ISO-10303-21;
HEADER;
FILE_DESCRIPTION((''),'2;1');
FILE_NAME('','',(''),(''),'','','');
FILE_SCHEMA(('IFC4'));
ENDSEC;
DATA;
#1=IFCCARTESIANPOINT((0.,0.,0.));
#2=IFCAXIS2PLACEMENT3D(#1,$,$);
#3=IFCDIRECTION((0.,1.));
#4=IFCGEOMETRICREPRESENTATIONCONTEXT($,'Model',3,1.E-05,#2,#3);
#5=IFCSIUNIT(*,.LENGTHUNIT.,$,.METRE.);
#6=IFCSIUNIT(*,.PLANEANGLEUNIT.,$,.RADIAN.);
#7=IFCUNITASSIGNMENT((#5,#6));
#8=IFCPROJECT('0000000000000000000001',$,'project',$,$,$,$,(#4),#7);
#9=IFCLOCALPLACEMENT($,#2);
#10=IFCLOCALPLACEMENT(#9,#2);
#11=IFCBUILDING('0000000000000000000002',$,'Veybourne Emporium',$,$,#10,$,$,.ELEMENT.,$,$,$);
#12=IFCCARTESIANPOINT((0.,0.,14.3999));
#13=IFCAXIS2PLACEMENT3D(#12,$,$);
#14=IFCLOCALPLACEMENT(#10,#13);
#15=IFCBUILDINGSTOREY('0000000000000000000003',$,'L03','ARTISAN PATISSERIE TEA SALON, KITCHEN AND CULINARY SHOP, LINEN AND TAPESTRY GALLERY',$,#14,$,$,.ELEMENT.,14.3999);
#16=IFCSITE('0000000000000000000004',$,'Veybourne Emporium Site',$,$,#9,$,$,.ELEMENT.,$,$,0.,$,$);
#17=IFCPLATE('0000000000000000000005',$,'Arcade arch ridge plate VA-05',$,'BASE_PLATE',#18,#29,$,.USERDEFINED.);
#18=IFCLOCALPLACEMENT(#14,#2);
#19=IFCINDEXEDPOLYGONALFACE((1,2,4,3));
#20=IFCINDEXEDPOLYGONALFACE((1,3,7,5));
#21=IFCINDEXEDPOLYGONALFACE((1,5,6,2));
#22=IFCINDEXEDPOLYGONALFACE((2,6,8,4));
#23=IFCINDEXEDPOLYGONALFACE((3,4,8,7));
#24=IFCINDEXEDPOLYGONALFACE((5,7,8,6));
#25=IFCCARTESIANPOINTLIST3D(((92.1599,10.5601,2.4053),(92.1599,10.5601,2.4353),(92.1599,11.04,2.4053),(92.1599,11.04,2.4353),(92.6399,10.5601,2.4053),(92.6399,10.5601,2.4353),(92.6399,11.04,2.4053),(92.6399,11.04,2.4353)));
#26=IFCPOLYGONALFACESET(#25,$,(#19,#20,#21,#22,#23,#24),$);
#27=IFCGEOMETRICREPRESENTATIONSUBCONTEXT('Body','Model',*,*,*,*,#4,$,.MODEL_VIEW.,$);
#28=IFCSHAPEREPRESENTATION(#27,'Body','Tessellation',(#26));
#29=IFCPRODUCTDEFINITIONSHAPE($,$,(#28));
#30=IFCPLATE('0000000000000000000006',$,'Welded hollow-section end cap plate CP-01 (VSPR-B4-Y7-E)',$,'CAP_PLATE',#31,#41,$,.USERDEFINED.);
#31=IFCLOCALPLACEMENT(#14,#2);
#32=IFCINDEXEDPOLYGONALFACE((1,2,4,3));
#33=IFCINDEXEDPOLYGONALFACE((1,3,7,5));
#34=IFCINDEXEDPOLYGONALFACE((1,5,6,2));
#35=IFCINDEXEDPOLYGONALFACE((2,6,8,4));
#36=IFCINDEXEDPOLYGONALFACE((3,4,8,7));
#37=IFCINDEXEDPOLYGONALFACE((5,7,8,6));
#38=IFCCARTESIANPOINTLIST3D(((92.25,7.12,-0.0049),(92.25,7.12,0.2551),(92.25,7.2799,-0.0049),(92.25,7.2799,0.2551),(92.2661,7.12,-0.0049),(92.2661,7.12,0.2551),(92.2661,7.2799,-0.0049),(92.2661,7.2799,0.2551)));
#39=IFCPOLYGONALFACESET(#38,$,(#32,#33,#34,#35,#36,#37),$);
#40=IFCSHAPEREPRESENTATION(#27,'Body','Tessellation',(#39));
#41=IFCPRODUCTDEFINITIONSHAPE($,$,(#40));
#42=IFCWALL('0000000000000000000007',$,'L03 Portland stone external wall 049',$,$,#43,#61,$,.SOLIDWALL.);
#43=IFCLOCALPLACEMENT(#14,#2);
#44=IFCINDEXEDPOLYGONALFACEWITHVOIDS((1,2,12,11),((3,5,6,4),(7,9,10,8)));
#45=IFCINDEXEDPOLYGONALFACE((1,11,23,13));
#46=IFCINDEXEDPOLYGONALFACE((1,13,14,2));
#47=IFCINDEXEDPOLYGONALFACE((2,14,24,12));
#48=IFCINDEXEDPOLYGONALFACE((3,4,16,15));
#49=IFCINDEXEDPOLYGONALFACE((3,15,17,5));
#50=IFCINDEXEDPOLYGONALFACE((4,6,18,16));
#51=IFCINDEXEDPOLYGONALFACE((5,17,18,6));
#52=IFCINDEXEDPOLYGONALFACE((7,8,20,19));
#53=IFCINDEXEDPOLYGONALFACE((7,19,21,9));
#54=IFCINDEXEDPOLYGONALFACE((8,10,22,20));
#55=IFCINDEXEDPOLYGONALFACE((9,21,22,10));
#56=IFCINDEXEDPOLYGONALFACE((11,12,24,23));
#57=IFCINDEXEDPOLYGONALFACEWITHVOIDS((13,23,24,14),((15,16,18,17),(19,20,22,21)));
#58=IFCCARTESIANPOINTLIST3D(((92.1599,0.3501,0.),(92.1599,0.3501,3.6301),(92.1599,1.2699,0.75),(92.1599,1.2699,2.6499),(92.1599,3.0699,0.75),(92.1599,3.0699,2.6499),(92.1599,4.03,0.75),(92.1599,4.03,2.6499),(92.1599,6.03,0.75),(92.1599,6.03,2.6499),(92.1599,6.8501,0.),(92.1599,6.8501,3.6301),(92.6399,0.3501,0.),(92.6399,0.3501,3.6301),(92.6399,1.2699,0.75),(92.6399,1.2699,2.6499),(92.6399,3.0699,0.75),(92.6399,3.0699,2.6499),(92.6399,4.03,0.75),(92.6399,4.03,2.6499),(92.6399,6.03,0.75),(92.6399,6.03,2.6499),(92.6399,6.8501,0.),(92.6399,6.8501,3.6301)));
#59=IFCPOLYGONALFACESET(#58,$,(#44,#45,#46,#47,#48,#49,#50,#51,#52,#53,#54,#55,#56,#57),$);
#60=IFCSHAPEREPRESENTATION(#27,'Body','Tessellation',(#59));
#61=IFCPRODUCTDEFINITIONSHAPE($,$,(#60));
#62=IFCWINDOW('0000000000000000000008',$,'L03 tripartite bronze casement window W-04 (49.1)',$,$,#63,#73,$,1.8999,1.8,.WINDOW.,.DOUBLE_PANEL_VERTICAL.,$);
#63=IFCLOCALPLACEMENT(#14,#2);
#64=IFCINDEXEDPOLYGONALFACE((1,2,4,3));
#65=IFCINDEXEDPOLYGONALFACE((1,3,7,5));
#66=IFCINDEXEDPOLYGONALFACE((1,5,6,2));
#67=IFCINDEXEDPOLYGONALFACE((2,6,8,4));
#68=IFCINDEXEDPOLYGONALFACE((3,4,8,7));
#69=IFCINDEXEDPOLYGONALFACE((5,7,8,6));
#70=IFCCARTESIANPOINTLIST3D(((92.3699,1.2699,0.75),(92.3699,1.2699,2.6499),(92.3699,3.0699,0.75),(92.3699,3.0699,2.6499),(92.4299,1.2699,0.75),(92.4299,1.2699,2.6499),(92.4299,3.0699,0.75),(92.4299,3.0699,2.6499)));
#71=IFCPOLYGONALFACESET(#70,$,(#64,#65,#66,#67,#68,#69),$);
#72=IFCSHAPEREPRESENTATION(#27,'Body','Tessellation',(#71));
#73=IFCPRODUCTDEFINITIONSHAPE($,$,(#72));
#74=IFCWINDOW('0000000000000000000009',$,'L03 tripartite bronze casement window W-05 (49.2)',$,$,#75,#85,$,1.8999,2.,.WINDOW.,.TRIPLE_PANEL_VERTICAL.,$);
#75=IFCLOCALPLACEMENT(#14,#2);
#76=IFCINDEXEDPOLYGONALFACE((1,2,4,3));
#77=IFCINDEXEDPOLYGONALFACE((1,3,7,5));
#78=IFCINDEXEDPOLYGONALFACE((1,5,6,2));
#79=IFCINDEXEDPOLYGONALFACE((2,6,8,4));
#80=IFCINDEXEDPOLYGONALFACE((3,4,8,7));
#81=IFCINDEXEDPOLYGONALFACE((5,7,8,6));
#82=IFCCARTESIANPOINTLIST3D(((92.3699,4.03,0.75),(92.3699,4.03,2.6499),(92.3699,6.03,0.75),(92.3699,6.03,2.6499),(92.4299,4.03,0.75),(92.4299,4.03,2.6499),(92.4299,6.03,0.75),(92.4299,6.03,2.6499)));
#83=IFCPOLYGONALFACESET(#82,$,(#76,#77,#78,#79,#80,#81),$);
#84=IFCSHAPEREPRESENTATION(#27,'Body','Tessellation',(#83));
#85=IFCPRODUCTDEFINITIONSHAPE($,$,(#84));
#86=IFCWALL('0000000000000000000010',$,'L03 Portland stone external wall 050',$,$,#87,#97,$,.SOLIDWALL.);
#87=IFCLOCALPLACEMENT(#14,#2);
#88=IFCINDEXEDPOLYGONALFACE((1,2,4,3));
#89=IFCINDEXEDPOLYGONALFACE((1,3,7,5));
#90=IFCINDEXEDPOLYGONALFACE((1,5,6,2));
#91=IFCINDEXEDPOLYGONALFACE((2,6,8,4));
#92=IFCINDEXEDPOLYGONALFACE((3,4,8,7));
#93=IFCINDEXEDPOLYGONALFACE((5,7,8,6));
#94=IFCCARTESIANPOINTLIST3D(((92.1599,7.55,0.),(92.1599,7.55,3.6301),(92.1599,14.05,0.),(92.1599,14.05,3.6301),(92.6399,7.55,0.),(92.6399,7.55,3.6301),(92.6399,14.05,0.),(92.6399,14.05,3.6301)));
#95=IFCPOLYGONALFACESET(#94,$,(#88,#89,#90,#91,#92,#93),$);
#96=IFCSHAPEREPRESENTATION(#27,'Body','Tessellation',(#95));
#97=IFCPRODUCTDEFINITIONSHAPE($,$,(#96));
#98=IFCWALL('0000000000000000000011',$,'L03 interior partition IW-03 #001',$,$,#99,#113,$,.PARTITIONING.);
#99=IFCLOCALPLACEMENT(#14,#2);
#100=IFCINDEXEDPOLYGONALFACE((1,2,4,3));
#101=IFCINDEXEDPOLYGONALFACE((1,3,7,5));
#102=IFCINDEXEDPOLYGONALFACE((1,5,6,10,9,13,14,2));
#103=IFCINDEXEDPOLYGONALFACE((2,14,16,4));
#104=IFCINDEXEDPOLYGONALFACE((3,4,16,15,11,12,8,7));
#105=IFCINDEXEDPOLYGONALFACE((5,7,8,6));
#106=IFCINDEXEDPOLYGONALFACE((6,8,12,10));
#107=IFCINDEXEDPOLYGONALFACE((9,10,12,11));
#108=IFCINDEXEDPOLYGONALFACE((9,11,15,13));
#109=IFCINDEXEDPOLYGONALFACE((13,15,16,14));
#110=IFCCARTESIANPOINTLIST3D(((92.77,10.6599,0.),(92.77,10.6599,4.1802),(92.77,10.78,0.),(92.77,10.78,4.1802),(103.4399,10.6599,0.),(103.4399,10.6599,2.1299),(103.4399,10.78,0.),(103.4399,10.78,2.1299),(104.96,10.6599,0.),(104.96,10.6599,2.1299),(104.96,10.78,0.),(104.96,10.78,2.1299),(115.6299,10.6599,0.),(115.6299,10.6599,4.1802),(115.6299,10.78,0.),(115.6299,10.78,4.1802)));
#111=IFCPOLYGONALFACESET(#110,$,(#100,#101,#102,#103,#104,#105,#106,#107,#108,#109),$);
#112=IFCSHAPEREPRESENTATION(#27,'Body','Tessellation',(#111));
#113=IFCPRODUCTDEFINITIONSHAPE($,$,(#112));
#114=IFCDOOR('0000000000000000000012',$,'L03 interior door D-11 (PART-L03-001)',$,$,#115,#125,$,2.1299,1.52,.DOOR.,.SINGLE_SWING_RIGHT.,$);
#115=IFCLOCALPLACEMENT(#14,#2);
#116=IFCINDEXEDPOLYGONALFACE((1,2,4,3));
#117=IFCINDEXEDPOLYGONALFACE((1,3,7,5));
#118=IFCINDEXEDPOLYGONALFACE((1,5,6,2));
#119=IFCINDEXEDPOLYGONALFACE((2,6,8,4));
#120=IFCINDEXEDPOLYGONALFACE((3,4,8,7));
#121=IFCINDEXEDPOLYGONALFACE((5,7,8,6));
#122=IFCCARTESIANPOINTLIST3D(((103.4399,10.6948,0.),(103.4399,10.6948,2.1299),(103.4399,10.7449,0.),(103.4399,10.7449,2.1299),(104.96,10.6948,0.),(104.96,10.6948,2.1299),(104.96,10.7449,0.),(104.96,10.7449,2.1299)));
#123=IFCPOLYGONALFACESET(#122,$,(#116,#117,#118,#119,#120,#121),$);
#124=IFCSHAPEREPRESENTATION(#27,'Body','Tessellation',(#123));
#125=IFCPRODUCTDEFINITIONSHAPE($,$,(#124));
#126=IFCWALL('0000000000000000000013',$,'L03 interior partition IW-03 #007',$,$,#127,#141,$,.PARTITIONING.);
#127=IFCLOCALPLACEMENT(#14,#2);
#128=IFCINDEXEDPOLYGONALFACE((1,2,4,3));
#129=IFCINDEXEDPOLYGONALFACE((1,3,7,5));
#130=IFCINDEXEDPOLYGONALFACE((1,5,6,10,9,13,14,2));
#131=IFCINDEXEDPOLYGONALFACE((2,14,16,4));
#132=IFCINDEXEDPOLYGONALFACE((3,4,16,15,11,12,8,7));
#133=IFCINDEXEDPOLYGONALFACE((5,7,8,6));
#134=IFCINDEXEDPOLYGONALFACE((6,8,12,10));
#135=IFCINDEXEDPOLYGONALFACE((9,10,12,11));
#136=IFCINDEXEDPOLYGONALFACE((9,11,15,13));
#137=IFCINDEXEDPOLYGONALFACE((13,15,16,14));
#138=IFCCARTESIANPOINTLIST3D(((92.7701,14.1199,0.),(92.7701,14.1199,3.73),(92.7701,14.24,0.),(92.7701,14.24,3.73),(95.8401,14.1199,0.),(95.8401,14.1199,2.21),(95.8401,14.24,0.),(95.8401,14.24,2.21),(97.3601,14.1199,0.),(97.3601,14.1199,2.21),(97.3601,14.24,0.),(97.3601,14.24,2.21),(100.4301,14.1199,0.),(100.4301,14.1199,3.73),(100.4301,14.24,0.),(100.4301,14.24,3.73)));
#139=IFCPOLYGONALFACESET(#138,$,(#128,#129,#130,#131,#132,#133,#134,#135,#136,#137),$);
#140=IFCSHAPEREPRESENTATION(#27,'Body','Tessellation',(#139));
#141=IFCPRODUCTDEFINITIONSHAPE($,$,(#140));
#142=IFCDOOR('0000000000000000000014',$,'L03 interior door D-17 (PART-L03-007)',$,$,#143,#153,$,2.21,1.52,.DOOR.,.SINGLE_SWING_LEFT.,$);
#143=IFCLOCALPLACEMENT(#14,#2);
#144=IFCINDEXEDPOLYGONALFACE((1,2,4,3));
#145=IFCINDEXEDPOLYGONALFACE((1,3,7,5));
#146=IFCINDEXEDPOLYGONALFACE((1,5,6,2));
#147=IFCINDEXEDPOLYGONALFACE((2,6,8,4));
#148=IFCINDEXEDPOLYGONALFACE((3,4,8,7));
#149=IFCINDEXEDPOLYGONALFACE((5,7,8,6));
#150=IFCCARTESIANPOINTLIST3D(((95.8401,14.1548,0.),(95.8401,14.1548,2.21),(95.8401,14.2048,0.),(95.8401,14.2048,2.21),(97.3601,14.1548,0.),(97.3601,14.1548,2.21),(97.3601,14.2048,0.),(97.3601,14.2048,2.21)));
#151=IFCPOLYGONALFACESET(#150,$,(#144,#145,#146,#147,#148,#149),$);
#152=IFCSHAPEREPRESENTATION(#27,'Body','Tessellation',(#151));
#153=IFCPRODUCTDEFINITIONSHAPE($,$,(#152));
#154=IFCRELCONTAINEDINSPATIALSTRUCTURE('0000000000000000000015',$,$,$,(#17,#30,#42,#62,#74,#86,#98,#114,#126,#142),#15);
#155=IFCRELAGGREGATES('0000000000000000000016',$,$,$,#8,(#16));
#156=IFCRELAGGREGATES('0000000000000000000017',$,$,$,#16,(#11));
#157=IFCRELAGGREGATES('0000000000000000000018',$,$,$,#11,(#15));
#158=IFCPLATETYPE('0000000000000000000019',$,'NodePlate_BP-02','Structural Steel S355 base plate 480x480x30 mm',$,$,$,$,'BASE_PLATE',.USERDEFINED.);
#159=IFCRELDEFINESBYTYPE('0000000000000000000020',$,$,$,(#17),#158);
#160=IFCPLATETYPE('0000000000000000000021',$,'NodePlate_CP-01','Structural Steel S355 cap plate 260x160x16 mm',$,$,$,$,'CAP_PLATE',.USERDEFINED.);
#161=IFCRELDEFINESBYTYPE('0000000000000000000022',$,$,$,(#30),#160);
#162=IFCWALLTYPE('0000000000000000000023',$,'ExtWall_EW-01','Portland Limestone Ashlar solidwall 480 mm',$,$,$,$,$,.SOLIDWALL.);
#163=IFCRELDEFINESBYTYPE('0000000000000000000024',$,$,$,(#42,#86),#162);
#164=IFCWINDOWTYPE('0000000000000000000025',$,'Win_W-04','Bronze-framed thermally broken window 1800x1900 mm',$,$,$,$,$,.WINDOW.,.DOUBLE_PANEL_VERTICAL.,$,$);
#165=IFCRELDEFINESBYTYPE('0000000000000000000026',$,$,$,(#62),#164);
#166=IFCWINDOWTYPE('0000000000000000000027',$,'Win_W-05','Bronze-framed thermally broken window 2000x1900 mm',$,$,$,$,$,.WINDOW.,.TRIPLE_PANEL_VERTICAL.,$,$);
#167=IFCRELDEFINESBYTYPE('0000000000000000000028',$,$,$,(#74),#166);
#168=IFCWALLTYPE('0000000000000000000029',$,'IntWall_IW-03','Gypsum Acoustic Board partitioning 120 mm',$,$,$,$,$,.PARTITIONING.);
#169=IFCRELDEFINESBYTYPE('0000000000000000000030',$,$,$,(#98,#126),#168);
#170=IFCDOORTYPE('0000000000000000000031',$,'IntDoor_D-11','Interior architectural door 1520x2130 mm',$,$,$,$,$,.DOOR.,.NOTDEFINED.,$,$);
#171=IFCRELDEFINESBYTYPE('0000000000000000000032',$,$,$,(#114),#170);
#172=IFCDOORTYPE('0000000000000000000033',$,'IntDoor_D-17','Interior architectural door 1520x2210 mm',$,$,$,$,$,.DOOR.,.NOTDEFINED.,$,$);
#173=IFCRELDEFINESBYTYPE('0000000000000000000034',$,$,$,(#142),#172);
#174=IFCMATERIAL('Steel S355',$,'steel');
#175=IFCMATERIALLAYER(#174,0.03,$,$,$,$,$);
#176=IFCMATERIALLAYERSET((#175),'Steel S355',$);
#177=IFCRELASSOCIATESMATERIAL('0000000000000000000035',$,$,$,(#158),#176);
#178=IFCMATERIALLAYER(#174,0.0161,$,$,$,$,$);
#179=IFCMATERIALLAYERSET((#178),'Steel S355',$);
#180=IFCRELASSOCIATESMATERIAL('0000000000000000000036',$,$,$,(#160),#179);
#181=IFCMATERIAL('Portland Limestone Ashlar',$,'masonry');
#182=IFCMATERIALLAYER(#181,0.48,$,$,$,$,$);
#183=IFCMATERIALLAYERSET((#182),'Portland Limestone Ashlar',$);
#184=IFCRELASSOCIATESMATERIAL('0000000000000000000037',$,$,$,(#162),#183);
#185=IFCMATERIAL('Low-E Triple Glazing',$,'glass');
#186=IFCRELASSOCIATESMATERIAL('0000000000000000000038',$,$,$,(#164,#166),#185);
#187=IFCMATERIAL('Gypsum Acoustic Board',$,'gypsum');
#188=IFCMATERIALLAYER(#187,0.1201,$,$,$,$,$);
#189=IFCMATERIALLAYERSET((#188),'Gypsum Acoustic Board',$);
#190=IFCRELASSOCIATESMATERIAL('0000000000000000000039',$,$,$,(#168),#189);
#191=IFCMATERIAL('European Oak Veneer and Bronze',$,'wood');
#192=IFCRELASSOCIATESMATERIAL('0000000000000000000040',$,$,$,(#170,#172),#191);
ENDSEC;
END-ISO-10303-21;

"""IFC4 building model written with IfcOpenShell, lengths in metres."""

from ifc_helpers import new_model, si_unit, direction, frame, frame_2d, origin, origin_2d, place, context, subcontext, project, spatial, rectangle, extrude, material, layer, layer_set, type_object, element, fill, save


model = new_model("IFC4")

# Units and contexts
model_context = context("Model", 3, precision=1e-05, world=origin(), true_north=direction((0.0, 1.0)))
body_context = subcontext(model_context, "Body", "Model", "MODEL_VIEW")
ifc_project = project(units=[si_unit("LENGTHUNIT", "METRE"), si_unit("PLANEANGLEUNIT", "RADIAN")], contexts=[model_context])

# Site, building, storey
site_placement = place(None, origin())
site = spatial("IfcSite", under=ifc_project, at=site_placement, Name="Veybourne Emporium Site", CompositionType="ELEMENT", RefElevation=0.0)
building_placement = place(site_placement, origin())
building = spatial("IfcBuilding", under=site, at=building_placement, Name="Veybourne Emporium", CompositionType="ELEMENT")
storey_placement = place(building_placement, frame((0.0, 0.0, 14.3999)))
storey = spatial("IfcBuildingStorey", under=building, at=storey_placement, Name="L03", Description="ARTISAN PATISSERIE TEA SALON, KITCHEN AND CULINARY SHOP, LINEN AND TAPESTRY GALLERY", CompositionType="ELEMENT", Elevation=14.3999)

# Shared definitions
ifc_material_1 = material(Name="Steel S355", Category="steel")

# Shared definitions
ifc_material_2 = material(Name="Low-E Triple Glazing", Category="glass")

# Plates
ifc_layer_1 = layer(ifc_material_1, 0.03)
ifc_layer_set_1 = layer_set([ifc_layer_1], Name="Steel S355")
plate_type_1 = type_object("IfcPlateType", Name="NodePlate_BP-02", Description="Structural Steel S355 base plate 480x480x30 mm", ElementType="BASE_PLATE", PredefinedType="USERDEFINED", material=ifc_layer_set_1)
plate_1_placement = place(storey_placement, frame((92.3999, 10.8, 2.4053), z_axis=(0.0, 0.0, 1.0), x_axis=(1.0, 0.0, 0.0)))
element("IfcPlate", 1, at=plate_1_placement, inside=storey, type_object=plate_type_1, Name="Arcade arch ridge plate VA-05", ObjectType="BASE_PLATE", PredefinedType="USERDEFINED", context=body_context, shape_type="SweptSolid", body=[
    extrude(rectangle(XDim=0.48, YDim=0.48, at=origin_2d()), origin(), (0.0, 0.0, 1.0), 0.03),
])
ifc_layer_2 = layer(ifc_material_1, 0.0161)
ifc_layer_set_2 = layer_set([ifc_layer_2], Name="Steel S355")
plate_type_2 = type_object("IfcPlateType", Name="NodePlate_CP-01", Description="Structural Steel S355 cap plate 260x160x16 mm", ElementType="CAP_PLATE", PredefinedType="USERDEFINED", material=ifc_layer_set_2)
plate_2_placement = place(storey_placement, frame((92.2581, 7.2, -0.0049), z_axis=(0.0, 0.0, 1.0), x_axis=(1.0, 0.0, 0.0)))
element("IfcPlate", 2, at=plate_2_placement, inside=storey, type_object=plate_type_2, Name="Welded hollow-section end cap plate CP-01 (VSPR-B4-Y7-E)", ObjectType="CAP_PLATE", PredefinedType="USERDEFINED", context=body_context, shape_type="SweptSolid", body=[
    extrude(rectangle(XDim=0.0161, YDim=0.1599, at=origin_2d()), origin(), (0.0, 0.0, 1.0), 0.26),
])

# Wall, openings, windows
ifc_material_3 = material(Name="Portland Limestone Ashlar", Category="masonry")
ifc_layer_3 = layer(ifc_material_3, 0.48)
ifc_layer_set_3 = layer_set([ifc_layer_3], Name="Portland Limestone Ashlar")
wall_type_1 = type_object("IfcWallType", Name="ExtWall_EW-01", Description="Portland Limestone Ashlar solidwall 480 mm", PredefinedType="SOLIDWALL", material=ifc_layer_set_3)
wall_1_placement = place(storey_placement, frame((92.3999, 0.3501, 0.0), z_axis=(0.0, 0.0, 1.0), x_axis=(0.0, 1.0, 0.0)))
wall_1 = element("IfcWall", 3, at=wall_1_placement, inside=storey, type_object=wall_type_1, Name="L03 Portland stone external wall 049", PredefinedType="SOLIDWALL", context=body_context, shape_type="SweptSolid", body=[
    extrude(rectangle(XDim=6.5, YDim=0.48, at=frame_2d((3.25, 0.0))), origin(), (0.0, 0.0, 1.0), 3.6301),
])
opening_1_placement = place(wall_1_placement, frame((0.9199, 0.0, 0.75)))
opening_1 = element("IfcOpeningElement", 4, at=opening_1_placement, cuts=wall_1, PredefinedType="OPENING", context=body_context, shape_type="SweptSolid", body=[
    extrude(rectangle(XDim=1.8, YDim=1.8999, at=frame_2d((0.8999, 0.95))), frame((0.0, 0.26, 0.0), z_axis=(0.0, -1.0, 0.0), x_axis=(1.0, 0.0, 0.0)), (0.0, 0.0, 1.0), 0.52),
])
opening_2_placement = place(wall_1_placement, frame((3.6799, 0.0, 0.75)))
opening_2 = element("IfcOpeningElement", 5, at=opening_2_placement, cuts=wall_1, PredefinedType="OPENING", context=body_context, shape_type="SweptSolid", body=[
    extrude(rectangle(XDim=2.0, YDim=1.8999, at=frame_2d((1.0, 0.95))), frame((0.0, 0.26, 0.0), z_axis=(0.0, -1.0, 0.0), x_axis=(1.0, 0.0, 0.0)), (0.0, 0.0, 1.0), 0.52),
])
window_type_1 = type_object("IfcWindowType", Name="Win_W-04", Description="Bronze-framed thermally broken window 1800x1900 mm", PartitioningType="DOUBLE_PANEL_VERTICAL", PredefinedType="WINDOW", material=ifc_material_2)
window_1_placement = place(opening_1_placement, origin())
window_1 = element("IfcWindow", 6, at=window_1_placement, inside=storey, type_object=window_type_1, Name="L03 tripartite bronze casement window W-04 (49.1)", OverallHeight=1.8999, OverallWidth=1.8, PartitioningType="DOUBLE_PANEL_VERTICAL", PredefinedType="WINDOW", context=body_context, shape_type="SweptSolid", body=[
    extrude(rectangle(XDim=1.8, YDim=1.8999, at=frame_2d((0.8999, 0.95))), frame((0.0, 0.03, 0.0), z_axis=(0.0, -1.0, 0.0), x_axis=(1.0, 0.0, 0.0)), (0.0, 0.0, 1.0), 0.0601),
])
fill(opening_1, window_1)
window_type_2 = type_object("IfcWindowType", Name="Win_W-05", Description="Bronze-framed thermally broken window 2000x1900 mm", PartitioningType="TRIPLE_PANEL_VERTICAL", PredefinedType="WINDOW", material=ifc_material_2)
window_2_placement = place(opening_2_placement, origin())
window_2 = element("IfcWindow", 7, at=window_2_placement, inside=storey, type_object=window_type_2, Name="L03 tripartite bronze casement window W-05 (49.2)", OverallHeight=1.8999, OverallWidth=2.0, PartitioningType="TRIPLE_PANEL_VERTICAL", PredefinedType="WINDOW", context=body_context, shape_type="SweptSolid", body=[
    extrude(rectangle(XDim=2.0, YDim=1.8999, at=frame_2d((1.0, 0.95))), frame((0.0, 0.03, 0.0), z_axis=(0.0, -1.0, 0.0), x_axis=(1.0, 0.0, 0.0)), (0.0, 0.0, 1.0), 0.0601),
])
fill(opening_2, window_2)

# Wall
wall_2_placement = place(storey_placement, frame((92.3999, 7.55, 0.0), z_axis=(0.0, 0.0, 1.0), x_axis=(0.0, 1.0, 0.0)))
element("IfcWall", 8, at=wall_2_placement, inside=storey, type_object=wall_type_1, Name="L03 Portland stone external wall 050", PredefinedType="SOLIDWALL", context=body_context, shape_type="SweptSolid", body=[
    extrude(rectangle(XDim=6.5, YDim=0.48, at=frame_2d((3.25, 0.0))), origin(), (0.0, 0.0, 1.0), 3.6301),
])

# Walls, openings, doors
ifc_material_4 = material(Name="Gypsum Acoustic Board", Category="gypsum")
ifc_layer_4 = layer(ifc_material_4, 0.1201)
ifc_layer_set_4 = layer_set([ifc_layer_4], Name="Gypsum Acoustic Board")
wall_type_2 = type_object("IfcWallType", Name="IntWall_IW-03", Description="Gypsum Acoustic Board partitioning 120 mm", PredefinedType="PARTITIONING", material=ifc_layer_set_4)
wall_3_placement = place(storey_placement, frame((92.77, 10.72, 0.0), z_axis=(0.0, 0.0, 1.0), x_axis=(1.0, 0.0, 0.0)))
wall_3 = element("IfcWall", 9, at=wall_3_placement, inside=storey, type_object=wall_type_2, Name="L03 interior partition IW-03 #001", PredefinedType="PARTITIONING", context=body_context, shape_type="SweptSolid", body=[
    extrude(rectangle(XDim=22.8599, YDim=0.1201, at=frame_2d((11.4299, 0.0))), origin(), (0.0, 0.0, 1.0), 4.1802),
])
opening_3_placement = place(wall_3_placement, frame((10.6699, 0.0, 0.0)))
opening_3 = element("IfcOpeningElement", 10, at=opening_3_placement, cuts=wall_3, PredefinedType="OPENING", context=body_context, shape_type="SweptSolid", body=[
    extrude(rectangle(XDim=1.52, YDim=2.1299, at=frame_2d((0.76, 1.0649))), frame((0.0, 0.0801, 0.0), z_axis=(0.0, -1.0, 0.0), x_axis=(1.0, 0.0, 0.0)), (0.0, 0.0, 1.0), 0.1602),
])
ifc_material_5 = material(Name="European Oak Veneer and Bronze", Category="wood")
door_type_1 = type_object("IfcDoorType", Name="IntDoor_D-11", Description="Interior architectural door 1520x2130 mm", OperationType="NOTDEFINED", PredefinedType="DOOR", material=ifc_material_5)
door_1_placement = place(opening_3_placement, origin())
door_1 = element("IfcDoor", 11, at=door_1_placement, inside=storey, type_object=door_type_1, Name="L03 interior door D-11 (PART-L03-001)", OperationType="SINGLE_SWING_RIGHT", OverallHeight=2.1299, OverallWidth=1.52, PredefinedType="DOOR", context=body_context, shape_type="SweptSolid", body=[
    extrude(rectangle(XDim=1.52, YDim=2.1299, at=frame_2d((0.76, 1.0649))), frame((0.0, 0.0249, 0.0), z_axis=(0.0, -1.0, 0.0), x_axis=(1.0, 0.0, 0.0)), (0.0, 0.0, 1.0), 0.05),
])
fill(opening_3, door_1)
wall_4_placement = place(storey_placement, frame((92.77, 14.1799, 0.0), z_axis=(0.0, 0.0, 1.0), x_axis=(1.0, 0.0, 0.0)))
wall_4 = element("IfcWall", 12, at=wall_4_placement, inside=storey, type_object=wall_type_2, Name="L03 interior partition IW-03 #007", PredefinedType="PARTITIONING", context=body_context, shape_type="SweptSolid", body=[
    extrude(rectangle(XDim=7.6599, YDim=0.1201, at=frame_2d((3.8301, 0.0))), origin(), (0.0, 0.0, 1.0), 3.73),
])
opening_4_placement = place(wall_4_placement, frame((3.0701, 0.0, 0.0)))
opening_4 = element("IfcOpeningElement", 13, at=opening_4_placement, cuts=wall_4, PredefinedType="OPENING", context=body_context, shape_type="SweptSolid", body=[
    extrude(rectangle(XDim=1.52, YDim=2.21, at=frame_2d((0.76, 1.105))), frame((0.0, 0.0801, 0.0), z_axis=(0.0, -1.0, 0.0), x_axis=(1.0, 0.0, 0.0)), (0.0, 0.0, 1.0), 0.1602),
])
door_type_2 = type_object("IfcDoorType", Name="IntDoor_D-17", Description="Interior architectural door 1520x2210 mm", OperationType="NOTDEFINED", PredefinedType="DOOR", material=ifc_material_5)
door_2_placement = place(opening_4_placement, origin())
door_2 = element("IfcDoor", 14, at=door_2_placement, inside=storey, type_object=door_type_2, Name="L03 interior door D-17 (PART-L03-007)", OperationType="SINGLE_SWING_LEFT", OverallHeight=2.21, OverallWidth=1.52, PredefinedType="DOOR", context=body_context, shape_type="SweptSolid", body=[
    extrude(rectangle(XDim=1.52, YDim=2.21, at=frame_2d((0.76, 1.105))), frame((0.0, 0.0249, 0.0), z_axis=(0.0, -1.0, 0.0), x_axis=(1.0, 0.0, 0.0)), (0.0, 0.0, 1.0), 0.05),
])
fill(opening_4, door_2)

save(model, "model.ifc")
